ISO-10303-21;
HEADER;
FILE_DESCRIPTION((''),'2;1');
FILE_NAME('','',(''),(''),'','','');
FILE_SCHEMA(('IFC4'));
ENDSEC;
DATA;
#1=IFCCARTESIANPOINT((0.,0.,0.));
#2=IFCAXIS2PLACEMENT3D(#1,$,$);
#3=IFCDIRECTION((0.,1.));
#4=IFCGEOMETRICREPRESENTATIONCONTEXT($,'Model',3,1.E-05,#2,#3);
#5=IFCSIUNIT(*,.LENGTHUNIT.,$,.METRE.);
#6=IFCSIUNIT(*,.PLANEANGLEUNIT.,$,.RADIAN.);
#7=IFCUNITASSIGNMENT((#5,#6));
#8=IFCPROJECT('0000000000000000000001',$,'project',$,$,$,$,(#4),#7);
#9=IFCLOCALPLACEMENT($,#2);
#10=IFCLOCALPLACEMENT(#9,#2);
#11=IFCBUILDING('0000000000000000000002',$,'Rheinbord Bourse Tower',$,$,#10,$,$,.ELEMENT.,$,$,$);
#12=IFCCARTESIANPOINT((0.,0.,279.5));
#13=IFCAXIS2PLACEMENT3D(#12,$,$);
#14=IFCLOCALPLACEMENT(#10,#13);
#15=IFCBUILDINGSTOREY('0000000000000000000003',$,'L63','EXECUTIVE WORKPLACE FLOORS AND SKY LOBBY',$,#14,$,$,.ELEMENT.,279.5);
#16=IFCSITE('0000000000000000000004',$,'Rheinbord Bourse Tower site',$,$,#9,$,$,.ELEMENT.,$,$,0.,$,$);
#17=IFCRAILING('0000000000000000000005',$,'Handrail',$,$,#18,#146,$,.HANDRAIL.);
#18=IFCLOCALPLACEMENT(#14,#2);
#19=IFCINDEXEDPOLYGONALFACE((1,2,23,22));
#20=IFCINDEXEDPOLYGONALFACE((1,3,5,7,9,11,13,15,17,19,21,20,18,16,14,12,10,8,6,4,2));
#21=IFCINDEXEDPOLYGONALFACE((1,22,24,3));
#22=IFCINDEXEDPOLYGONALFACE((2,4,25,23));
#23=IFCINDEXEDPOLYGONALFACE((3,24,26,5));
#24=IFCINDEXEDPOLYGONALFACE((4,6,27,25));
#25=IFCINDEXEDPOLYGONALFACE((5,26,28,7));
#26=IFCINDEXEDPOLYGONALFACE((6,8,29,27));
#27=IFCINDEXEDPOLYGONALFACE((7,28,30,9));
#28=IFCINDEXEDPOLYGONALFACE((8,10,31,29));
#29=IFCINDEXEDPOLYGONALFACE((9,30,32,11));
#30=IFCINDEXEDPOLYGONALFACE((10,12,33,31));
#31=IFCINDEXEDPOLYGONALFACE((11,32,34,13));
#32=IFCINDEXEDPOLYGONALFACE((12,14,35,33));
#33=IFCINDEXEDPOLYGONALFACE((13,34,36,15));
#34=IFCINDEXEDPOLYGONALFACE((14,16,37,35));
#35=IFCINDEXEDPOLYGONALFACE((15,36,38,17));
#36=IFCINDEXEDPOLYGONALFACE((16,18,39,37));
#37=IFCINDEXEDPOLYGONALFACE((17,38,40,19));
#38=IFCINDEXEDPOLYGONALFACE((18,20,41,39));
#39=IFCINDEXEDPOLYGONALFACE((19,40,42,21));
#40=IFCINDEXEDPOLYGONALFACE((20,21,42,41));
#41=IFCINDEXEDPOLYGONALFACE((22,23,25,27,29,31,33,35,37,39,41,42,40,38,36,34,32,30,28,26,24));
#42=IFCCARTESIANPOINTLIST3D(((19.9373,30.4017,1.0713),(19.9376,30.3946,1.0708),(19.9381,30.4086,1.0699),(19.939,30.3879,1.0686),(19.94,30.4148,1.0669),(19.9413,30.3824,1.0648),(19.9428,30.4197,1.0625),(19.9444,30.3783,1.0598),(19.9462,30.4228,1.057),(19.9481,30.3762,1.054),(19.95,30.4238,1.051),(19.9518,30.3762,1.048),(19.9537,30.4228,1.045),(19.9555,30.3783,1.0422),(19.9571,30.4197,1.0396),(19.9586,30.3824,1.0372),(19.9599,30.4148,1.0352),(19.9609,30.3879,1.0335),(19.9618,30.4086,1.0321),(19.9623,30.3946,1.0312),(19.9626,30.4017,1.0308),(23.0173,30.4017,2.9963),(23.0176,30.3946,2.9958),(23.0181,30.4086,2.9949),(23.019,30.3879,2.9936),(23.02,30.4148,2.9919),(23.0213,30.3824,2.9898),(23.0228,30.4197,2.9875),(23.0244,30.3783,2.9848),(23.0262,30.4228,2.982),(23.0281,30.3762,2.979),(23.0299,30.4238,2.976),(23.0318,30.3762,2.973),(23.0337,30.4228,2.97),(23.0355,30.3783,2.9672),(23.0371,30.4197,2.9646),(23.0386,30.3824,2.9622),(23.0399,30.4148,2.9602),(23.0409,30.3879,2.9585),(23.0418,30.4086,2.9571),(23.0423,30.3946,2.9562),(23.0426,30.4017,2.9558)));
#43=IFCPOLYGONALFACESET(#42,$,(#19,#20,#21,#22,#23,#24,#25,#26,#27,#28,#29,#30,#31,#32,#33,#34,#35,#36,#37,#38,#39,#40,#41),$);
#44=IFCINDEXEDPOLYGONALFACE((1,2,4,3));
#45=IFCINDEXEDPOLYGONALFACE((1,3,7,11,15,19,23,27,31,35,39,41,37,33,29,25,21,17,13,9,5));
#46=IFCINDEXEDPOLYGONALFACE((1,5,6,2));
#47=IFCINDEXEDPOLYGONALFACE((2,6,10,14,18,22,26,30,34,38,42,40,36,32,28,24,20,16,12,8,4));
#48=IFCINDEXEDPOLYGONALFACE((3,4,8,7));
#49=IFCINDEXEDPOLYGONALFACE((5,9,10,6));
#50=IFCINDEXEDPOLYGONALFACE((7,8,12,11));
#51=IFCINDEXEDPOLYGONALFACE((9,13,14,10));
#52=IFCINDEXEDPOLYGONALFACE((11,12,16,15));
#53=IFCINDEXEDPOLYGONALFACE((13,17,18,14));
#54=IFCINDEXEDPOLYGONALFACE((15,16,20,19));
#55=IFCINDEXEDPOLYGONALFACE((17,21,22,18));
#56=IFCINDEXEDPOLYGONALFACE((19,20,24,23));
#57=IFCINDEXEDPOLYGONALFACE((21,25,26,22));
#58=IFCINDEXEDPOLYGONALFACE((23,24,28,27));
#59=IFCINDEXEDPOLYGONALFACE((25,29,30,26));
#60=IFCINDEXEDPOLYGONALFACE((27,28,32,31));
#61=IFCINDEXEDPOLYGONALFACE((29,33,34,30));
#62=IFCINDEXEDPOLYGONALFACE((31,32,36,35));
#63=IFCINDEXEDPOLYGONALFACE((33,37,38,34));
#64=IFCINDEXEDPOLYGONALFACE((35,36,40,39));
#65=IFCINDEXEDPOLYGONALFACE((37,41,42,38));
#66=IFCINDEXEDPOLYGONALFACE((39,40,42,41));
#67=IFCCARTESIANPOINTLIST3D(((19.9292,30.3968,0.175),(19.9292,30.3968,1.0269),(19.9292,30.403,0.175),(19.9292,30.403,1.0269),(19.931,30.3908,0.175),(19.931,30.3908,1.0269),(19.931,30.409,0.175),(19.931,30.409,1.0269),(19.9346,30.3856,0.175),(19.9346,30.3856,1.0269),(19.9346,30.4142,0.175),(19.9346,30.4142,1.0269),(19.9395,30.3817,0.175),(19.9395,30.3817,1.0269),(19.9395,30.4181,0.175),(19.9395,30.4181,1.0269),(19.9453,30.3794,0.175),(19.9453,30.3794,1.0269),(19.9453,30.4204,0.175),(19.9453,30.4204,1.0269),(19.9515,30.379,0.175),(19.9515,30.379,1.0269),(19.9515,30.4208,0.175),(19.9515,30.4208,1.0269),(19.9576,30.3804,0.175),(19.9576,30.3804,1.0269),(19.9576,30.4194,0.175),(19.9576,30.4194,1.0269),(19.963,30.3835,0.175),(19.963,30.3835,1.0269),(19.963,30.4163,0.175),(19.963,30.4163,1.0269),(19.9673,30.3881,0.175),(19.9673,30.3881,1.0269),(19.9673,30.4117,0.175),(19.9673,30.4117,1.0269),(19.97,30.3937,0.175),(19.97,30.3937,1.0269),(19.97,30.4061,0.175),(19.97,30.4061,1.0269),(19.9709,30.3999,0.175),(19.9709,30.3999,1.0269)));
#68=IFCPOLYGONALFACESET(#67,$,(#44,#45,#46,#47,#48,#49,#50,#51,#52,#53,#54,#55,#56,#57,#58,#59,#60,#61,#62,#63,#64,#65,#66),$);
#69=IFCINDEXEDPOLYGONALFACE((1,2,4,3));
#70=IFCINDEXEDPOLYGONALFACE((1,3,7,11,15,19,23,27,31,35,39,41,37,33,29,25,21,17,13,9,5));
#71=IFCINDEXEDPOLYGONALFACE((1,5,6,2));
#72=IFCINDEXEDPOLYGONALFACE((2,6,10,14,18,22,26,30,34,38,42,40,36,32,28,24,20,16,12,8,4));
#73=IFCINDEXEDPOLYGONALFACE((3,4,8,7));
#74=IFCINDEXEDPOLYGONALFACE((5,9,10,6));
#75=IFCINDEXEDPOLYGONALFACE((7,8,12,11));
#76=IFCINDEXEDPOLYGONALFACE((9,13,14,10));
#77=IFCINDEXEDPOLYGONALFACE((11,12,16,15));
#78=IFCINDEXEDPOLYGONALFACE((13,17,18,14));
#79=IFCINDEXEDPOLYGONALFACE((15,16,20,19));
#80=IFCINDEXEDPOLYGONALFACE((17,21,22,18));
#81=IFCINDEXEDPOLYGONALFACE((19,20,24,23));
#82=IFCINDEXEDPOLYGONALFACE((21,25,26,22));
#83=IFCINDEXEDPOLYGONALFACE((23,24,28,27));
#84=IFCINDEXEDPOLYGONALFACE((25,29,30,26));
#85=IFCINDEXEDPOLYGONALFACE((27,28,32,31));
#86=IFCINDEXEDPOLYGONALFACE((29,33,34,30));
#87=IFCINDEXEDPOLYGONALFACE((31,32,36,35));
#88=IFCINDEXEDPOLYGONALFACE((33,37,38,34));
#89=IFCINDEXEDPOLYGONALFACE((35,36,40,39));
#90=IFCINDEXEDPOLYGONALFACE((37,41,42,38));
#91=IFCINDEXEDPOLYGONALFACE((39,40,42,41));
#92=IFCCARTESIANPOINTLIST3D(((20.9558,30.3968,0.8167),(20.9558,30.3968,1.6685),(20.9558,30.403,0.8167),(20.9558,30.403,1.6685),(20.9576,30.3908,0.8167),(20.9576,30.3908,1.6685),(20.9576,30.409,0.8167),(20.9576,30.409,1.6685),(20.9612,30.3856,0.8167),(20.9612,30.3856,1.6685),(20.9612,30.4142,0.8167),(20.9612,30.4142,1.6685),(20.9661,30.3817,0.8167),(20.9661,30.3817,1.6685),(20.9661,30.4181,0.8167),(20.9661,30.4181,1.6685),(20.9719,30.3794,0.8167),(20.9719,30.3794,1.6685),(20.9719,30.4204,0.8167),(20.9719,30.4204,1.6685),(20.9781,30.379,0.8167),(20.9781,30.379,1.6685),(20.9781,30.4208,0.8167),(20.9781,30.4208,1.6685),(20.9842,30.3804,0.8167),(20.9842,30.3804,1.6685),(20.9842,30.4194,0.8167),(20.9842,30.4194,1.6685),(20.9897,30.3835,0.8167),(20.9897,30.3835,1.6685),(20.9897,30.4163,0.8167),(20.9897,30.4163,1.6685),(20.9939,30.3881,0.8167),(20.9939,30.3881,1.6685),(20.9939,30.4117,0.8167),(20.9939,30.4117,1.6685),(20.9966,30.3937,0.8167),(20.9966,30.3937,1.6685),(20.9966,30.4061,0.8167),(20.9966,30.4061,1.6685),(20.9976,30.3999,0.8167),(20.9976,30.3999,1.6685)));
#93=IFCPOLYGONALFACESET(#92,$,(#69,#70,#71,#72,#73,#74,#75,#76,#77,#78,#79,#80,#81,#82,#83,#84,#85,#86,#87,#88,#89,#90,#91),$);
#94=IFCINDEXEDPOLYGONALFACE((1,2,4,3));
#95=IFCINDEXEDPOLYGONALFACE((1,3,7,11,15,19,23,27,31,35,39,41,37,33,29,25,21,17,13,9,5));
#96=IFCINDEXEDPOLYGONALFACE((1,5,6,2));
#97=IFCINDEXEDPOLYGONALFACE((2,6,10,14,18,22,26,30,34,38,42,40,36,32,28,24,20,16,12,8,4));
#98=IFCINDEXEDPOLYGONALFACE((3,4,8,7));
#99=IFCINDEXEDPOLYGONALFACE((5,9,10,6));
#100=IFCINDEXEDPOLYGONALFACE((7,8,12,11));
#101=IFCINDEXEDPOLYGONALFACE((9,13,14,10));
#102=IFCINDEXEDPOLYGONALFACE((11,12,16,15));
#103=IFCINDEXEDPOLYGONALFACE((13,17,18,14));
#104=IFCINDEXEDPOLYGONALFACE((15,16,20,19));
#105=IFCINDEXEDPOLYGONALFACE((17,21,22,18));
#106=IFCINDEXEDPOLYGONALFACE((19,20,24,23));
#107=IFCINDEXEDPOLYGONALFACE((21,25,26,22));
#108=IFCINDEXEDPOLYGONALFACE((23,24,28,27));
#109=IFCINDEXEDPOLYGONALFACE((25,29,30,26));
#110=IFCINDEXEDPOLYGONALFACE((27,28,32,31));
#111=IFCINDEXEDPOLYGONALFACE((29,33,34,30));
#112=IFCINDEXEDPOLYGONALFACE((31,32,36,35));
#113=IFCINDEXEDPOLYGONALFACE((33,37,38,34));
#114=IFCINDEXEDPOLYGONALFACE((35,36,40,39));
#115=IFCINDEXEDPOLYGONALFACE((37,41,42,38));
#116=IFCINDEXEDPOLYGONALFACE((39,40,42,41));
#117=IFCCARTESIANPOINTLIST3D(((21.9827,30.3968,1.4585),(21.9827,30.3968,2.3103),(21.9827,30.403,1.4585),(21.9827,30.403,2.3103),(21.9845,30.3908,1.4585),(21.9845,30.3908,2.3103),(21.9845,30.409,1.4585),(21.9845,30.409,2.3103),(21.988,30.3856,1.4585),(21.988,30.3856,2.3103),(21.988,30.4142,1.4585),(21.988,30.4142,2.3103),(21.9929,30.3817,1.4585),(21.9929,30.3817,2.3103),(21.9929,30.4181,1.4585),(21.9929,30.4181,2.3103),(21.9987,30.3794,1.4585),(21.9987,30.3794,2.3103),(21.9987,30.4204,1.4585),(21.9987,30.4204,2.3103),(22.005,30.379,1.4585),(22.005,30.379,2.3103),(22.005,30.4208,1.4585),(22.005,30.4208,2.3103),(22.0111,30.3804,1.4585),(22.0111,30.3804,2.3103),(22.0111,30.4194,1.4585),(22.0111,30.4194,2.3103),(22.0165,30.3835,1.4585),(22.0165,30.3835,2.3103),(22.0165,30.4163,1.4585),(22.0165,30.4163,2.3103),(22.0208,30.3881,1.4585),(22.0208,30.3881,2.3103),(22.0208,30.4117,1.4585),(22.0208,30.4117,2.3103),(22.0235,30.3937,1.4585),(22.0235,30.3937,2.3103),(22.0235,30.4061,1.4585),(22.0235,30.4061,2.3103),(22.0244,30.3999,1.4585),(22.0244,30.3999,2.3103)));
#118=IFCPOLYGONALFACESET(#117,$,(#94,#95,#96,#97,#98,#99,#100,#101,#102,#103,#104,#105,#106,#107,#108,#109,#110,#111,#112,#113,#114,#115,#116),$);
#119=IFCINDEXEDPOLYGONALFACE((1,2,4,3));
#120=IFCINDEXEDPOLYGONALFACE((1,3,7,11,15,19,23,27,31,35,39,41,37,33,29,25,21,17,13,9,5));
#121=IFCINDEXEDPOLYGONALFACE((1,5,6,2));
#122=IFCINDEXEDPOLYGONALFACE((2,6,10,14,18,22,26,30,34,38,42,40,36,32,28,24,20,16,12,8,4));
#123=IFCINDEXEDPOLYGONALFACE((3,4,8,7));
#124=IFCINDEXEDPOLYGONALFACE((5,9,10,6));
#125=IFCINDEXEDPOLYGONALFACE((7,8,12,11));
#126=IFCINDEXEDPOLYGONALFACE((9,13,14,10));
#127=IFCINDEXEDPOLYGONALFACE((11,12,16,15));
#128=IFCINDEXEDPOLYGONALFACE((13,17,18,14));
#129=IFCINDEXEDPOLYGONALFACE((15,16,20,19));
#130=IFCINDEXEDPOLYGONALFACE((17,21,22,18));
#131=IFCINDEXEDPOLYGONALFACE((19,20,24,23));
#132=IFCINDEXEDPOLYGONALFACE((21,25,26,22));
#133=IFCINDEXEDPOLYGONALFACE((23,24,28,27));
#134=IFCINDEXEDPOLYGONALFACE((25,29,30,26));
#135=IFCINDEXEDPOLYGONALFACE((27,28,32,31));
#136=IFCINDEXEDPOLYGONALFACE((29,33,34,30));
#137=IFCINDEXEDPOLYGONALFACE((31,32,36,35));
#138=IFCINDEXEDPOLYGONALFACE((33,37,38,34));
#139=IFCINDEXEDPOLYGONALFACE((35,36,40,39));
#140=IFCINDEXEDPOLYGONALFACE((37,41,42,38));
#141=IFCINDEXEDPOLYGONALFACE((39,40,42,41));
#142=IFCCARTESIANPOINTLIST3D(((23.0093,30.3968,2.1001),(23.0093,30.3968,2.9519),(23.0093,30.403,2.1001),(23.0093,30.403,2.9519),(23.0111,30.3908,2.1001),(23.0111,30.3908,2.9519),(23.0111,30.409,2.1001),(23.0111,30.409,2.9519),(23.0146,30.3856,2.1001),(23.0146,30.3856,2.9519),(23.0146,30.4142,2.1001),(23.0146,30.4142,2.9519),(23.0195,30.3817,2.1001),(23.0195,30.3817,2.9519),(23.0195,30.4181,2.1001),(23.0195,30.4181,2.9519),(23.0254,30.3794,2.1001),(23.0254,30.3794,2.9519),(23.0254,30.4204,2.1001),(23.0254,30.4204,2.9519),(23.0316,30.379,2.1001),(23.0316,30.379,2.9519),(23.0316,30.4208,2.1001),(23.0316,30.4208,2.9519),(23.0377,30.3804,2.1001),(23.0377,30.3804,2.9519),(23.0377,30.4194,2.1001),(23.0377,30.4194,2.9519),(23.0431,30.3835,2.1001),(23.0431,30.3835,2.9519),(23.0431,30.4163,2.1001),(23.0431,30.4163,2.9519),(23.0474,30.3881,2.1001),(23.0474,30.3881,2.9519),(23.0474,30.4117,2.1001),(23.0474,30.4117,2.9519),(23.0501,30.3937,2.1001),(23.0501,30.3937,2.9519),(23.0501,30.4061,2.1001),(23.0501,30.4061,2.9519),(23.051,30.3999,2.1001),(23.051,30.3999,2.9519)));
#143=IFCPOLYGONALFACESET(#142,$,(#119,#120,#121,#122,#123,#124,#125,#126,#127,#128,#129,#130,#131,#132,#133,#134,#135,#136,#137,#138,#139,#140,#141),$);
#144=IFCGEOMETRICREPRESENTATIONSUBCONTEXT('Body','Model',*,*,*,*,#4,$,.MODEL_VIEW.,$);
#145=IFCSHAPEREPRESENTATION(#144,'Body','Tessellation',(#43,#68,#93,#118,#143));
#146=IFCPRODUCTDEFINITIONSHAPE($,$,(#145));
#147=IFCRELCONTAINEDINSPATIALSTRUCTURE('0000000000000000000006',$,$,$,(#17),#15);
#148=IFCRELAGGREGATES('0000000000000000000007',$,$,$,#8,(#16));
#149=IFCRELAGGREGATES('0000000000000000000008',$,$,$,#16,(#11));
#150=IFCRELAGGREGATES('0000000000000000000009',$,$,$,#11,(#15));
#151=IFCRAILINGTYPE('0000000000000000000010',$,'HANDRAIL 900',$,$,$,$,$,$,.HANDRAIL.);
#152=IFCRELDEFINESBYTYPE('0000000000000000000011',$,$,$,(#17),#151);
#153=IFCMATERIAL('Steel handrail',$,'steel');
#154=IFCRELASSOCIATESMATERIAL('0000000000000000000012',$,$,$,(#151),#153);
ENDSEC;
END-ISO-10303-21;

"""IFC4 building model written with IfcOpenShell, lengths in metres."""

from ifc_helpers import new_model, si_unit, direction, frame, origin, origin_2d, place, context, subcontext, project, spatial, circle, extrude, material, type_object, element, save


model = new_model("IFC4")

# Units and contexts
model_context = context("Model", 3, precision=1e-05, world=origin(), true_north=direction((0.0, 1.0)))
body_context = subcontext(model_context, "Body", "Model", "MODEL_VIEW")
ifc_project = project(units=[si_unit("LENGTHUNIT", "METRE"), si_unit("PLANEANGLEUNIT", "RADIAN")], contexts=[model_context])

# Site, building, storey
site_placement = place(None, origin())
site = spatial("IfcSite", under=ifc_project, at=site_placement, Name="Rheinbord Bourse Tower site", CompositionType="ELEMENT", RefElevation=0.0)
building_placement = place(site_placement, origin())
building = spatial("IfcBuilding", under=site, at=building_placement, Name="Rheinbord Bourse Tower", CompositionType="ELEMENT")
storey_placement = place(building_placement, frame((0.0, 0.0, 279.5)))
storey = spatial("IfcBuildingStorey", under=building, at=storey_placement, Name="L63", Description="EXECUTIVE WORKPLACE FLOORS AND SKY LOBBY", CompositionType="ELEMENT", Elevation=279.5)

# Railing
ifc_material_1 = material(Name="Steel handrail", Category="steel")
railing_type = type_object("IfcRailingType", Name="HANDRAIL 900", PredefinedType="HANDRAIL", material=ifc_material_1)
railing_1_placement = place(storey_placement, frame((19.95, 30.3999, 0.175)))
element("IfcRailing", 1, at=railing_1_placement, inside=storey, type_object=railing_type, Name="Handrail", PredefinedType="HANDRAIL", context=body_context, shape_type="SweptSolid", body=[
    extrude(circle(Radius=0.0239, at=origin_2d()), frame((0.0, 0.0, 0.876), z_axis=(0.847998, 0.0, 0.529999), x_axis=(0.0, 1.0, 0.0)), (0.0, 0.0, 1.0), 3.6321),
    extrude(circle(Radius=0.021, at=origin_2d()), origin(), (0.0, 0.0, 1.0), 0.8518),
    extrude(circle(Radius=0.021, at=origin_2d()), frame((1.0266, 0.0, 0.6416)), (0.0, 0.0, 1.0), 0.8518),
    extrude(circle(Radius=0.021, at=origin_2d()), frame((2.0535, 0.0, 1.2834)), (0.0, 0.0, 1.0), 0.8518),
    extrude(circle(Radius=0.021, at=origin_2d()), frame((3.0801, 0.0, 1.925)), (0.0, 0.0, 1.0), 0.8518),
])

save(model, "model.ifc")
